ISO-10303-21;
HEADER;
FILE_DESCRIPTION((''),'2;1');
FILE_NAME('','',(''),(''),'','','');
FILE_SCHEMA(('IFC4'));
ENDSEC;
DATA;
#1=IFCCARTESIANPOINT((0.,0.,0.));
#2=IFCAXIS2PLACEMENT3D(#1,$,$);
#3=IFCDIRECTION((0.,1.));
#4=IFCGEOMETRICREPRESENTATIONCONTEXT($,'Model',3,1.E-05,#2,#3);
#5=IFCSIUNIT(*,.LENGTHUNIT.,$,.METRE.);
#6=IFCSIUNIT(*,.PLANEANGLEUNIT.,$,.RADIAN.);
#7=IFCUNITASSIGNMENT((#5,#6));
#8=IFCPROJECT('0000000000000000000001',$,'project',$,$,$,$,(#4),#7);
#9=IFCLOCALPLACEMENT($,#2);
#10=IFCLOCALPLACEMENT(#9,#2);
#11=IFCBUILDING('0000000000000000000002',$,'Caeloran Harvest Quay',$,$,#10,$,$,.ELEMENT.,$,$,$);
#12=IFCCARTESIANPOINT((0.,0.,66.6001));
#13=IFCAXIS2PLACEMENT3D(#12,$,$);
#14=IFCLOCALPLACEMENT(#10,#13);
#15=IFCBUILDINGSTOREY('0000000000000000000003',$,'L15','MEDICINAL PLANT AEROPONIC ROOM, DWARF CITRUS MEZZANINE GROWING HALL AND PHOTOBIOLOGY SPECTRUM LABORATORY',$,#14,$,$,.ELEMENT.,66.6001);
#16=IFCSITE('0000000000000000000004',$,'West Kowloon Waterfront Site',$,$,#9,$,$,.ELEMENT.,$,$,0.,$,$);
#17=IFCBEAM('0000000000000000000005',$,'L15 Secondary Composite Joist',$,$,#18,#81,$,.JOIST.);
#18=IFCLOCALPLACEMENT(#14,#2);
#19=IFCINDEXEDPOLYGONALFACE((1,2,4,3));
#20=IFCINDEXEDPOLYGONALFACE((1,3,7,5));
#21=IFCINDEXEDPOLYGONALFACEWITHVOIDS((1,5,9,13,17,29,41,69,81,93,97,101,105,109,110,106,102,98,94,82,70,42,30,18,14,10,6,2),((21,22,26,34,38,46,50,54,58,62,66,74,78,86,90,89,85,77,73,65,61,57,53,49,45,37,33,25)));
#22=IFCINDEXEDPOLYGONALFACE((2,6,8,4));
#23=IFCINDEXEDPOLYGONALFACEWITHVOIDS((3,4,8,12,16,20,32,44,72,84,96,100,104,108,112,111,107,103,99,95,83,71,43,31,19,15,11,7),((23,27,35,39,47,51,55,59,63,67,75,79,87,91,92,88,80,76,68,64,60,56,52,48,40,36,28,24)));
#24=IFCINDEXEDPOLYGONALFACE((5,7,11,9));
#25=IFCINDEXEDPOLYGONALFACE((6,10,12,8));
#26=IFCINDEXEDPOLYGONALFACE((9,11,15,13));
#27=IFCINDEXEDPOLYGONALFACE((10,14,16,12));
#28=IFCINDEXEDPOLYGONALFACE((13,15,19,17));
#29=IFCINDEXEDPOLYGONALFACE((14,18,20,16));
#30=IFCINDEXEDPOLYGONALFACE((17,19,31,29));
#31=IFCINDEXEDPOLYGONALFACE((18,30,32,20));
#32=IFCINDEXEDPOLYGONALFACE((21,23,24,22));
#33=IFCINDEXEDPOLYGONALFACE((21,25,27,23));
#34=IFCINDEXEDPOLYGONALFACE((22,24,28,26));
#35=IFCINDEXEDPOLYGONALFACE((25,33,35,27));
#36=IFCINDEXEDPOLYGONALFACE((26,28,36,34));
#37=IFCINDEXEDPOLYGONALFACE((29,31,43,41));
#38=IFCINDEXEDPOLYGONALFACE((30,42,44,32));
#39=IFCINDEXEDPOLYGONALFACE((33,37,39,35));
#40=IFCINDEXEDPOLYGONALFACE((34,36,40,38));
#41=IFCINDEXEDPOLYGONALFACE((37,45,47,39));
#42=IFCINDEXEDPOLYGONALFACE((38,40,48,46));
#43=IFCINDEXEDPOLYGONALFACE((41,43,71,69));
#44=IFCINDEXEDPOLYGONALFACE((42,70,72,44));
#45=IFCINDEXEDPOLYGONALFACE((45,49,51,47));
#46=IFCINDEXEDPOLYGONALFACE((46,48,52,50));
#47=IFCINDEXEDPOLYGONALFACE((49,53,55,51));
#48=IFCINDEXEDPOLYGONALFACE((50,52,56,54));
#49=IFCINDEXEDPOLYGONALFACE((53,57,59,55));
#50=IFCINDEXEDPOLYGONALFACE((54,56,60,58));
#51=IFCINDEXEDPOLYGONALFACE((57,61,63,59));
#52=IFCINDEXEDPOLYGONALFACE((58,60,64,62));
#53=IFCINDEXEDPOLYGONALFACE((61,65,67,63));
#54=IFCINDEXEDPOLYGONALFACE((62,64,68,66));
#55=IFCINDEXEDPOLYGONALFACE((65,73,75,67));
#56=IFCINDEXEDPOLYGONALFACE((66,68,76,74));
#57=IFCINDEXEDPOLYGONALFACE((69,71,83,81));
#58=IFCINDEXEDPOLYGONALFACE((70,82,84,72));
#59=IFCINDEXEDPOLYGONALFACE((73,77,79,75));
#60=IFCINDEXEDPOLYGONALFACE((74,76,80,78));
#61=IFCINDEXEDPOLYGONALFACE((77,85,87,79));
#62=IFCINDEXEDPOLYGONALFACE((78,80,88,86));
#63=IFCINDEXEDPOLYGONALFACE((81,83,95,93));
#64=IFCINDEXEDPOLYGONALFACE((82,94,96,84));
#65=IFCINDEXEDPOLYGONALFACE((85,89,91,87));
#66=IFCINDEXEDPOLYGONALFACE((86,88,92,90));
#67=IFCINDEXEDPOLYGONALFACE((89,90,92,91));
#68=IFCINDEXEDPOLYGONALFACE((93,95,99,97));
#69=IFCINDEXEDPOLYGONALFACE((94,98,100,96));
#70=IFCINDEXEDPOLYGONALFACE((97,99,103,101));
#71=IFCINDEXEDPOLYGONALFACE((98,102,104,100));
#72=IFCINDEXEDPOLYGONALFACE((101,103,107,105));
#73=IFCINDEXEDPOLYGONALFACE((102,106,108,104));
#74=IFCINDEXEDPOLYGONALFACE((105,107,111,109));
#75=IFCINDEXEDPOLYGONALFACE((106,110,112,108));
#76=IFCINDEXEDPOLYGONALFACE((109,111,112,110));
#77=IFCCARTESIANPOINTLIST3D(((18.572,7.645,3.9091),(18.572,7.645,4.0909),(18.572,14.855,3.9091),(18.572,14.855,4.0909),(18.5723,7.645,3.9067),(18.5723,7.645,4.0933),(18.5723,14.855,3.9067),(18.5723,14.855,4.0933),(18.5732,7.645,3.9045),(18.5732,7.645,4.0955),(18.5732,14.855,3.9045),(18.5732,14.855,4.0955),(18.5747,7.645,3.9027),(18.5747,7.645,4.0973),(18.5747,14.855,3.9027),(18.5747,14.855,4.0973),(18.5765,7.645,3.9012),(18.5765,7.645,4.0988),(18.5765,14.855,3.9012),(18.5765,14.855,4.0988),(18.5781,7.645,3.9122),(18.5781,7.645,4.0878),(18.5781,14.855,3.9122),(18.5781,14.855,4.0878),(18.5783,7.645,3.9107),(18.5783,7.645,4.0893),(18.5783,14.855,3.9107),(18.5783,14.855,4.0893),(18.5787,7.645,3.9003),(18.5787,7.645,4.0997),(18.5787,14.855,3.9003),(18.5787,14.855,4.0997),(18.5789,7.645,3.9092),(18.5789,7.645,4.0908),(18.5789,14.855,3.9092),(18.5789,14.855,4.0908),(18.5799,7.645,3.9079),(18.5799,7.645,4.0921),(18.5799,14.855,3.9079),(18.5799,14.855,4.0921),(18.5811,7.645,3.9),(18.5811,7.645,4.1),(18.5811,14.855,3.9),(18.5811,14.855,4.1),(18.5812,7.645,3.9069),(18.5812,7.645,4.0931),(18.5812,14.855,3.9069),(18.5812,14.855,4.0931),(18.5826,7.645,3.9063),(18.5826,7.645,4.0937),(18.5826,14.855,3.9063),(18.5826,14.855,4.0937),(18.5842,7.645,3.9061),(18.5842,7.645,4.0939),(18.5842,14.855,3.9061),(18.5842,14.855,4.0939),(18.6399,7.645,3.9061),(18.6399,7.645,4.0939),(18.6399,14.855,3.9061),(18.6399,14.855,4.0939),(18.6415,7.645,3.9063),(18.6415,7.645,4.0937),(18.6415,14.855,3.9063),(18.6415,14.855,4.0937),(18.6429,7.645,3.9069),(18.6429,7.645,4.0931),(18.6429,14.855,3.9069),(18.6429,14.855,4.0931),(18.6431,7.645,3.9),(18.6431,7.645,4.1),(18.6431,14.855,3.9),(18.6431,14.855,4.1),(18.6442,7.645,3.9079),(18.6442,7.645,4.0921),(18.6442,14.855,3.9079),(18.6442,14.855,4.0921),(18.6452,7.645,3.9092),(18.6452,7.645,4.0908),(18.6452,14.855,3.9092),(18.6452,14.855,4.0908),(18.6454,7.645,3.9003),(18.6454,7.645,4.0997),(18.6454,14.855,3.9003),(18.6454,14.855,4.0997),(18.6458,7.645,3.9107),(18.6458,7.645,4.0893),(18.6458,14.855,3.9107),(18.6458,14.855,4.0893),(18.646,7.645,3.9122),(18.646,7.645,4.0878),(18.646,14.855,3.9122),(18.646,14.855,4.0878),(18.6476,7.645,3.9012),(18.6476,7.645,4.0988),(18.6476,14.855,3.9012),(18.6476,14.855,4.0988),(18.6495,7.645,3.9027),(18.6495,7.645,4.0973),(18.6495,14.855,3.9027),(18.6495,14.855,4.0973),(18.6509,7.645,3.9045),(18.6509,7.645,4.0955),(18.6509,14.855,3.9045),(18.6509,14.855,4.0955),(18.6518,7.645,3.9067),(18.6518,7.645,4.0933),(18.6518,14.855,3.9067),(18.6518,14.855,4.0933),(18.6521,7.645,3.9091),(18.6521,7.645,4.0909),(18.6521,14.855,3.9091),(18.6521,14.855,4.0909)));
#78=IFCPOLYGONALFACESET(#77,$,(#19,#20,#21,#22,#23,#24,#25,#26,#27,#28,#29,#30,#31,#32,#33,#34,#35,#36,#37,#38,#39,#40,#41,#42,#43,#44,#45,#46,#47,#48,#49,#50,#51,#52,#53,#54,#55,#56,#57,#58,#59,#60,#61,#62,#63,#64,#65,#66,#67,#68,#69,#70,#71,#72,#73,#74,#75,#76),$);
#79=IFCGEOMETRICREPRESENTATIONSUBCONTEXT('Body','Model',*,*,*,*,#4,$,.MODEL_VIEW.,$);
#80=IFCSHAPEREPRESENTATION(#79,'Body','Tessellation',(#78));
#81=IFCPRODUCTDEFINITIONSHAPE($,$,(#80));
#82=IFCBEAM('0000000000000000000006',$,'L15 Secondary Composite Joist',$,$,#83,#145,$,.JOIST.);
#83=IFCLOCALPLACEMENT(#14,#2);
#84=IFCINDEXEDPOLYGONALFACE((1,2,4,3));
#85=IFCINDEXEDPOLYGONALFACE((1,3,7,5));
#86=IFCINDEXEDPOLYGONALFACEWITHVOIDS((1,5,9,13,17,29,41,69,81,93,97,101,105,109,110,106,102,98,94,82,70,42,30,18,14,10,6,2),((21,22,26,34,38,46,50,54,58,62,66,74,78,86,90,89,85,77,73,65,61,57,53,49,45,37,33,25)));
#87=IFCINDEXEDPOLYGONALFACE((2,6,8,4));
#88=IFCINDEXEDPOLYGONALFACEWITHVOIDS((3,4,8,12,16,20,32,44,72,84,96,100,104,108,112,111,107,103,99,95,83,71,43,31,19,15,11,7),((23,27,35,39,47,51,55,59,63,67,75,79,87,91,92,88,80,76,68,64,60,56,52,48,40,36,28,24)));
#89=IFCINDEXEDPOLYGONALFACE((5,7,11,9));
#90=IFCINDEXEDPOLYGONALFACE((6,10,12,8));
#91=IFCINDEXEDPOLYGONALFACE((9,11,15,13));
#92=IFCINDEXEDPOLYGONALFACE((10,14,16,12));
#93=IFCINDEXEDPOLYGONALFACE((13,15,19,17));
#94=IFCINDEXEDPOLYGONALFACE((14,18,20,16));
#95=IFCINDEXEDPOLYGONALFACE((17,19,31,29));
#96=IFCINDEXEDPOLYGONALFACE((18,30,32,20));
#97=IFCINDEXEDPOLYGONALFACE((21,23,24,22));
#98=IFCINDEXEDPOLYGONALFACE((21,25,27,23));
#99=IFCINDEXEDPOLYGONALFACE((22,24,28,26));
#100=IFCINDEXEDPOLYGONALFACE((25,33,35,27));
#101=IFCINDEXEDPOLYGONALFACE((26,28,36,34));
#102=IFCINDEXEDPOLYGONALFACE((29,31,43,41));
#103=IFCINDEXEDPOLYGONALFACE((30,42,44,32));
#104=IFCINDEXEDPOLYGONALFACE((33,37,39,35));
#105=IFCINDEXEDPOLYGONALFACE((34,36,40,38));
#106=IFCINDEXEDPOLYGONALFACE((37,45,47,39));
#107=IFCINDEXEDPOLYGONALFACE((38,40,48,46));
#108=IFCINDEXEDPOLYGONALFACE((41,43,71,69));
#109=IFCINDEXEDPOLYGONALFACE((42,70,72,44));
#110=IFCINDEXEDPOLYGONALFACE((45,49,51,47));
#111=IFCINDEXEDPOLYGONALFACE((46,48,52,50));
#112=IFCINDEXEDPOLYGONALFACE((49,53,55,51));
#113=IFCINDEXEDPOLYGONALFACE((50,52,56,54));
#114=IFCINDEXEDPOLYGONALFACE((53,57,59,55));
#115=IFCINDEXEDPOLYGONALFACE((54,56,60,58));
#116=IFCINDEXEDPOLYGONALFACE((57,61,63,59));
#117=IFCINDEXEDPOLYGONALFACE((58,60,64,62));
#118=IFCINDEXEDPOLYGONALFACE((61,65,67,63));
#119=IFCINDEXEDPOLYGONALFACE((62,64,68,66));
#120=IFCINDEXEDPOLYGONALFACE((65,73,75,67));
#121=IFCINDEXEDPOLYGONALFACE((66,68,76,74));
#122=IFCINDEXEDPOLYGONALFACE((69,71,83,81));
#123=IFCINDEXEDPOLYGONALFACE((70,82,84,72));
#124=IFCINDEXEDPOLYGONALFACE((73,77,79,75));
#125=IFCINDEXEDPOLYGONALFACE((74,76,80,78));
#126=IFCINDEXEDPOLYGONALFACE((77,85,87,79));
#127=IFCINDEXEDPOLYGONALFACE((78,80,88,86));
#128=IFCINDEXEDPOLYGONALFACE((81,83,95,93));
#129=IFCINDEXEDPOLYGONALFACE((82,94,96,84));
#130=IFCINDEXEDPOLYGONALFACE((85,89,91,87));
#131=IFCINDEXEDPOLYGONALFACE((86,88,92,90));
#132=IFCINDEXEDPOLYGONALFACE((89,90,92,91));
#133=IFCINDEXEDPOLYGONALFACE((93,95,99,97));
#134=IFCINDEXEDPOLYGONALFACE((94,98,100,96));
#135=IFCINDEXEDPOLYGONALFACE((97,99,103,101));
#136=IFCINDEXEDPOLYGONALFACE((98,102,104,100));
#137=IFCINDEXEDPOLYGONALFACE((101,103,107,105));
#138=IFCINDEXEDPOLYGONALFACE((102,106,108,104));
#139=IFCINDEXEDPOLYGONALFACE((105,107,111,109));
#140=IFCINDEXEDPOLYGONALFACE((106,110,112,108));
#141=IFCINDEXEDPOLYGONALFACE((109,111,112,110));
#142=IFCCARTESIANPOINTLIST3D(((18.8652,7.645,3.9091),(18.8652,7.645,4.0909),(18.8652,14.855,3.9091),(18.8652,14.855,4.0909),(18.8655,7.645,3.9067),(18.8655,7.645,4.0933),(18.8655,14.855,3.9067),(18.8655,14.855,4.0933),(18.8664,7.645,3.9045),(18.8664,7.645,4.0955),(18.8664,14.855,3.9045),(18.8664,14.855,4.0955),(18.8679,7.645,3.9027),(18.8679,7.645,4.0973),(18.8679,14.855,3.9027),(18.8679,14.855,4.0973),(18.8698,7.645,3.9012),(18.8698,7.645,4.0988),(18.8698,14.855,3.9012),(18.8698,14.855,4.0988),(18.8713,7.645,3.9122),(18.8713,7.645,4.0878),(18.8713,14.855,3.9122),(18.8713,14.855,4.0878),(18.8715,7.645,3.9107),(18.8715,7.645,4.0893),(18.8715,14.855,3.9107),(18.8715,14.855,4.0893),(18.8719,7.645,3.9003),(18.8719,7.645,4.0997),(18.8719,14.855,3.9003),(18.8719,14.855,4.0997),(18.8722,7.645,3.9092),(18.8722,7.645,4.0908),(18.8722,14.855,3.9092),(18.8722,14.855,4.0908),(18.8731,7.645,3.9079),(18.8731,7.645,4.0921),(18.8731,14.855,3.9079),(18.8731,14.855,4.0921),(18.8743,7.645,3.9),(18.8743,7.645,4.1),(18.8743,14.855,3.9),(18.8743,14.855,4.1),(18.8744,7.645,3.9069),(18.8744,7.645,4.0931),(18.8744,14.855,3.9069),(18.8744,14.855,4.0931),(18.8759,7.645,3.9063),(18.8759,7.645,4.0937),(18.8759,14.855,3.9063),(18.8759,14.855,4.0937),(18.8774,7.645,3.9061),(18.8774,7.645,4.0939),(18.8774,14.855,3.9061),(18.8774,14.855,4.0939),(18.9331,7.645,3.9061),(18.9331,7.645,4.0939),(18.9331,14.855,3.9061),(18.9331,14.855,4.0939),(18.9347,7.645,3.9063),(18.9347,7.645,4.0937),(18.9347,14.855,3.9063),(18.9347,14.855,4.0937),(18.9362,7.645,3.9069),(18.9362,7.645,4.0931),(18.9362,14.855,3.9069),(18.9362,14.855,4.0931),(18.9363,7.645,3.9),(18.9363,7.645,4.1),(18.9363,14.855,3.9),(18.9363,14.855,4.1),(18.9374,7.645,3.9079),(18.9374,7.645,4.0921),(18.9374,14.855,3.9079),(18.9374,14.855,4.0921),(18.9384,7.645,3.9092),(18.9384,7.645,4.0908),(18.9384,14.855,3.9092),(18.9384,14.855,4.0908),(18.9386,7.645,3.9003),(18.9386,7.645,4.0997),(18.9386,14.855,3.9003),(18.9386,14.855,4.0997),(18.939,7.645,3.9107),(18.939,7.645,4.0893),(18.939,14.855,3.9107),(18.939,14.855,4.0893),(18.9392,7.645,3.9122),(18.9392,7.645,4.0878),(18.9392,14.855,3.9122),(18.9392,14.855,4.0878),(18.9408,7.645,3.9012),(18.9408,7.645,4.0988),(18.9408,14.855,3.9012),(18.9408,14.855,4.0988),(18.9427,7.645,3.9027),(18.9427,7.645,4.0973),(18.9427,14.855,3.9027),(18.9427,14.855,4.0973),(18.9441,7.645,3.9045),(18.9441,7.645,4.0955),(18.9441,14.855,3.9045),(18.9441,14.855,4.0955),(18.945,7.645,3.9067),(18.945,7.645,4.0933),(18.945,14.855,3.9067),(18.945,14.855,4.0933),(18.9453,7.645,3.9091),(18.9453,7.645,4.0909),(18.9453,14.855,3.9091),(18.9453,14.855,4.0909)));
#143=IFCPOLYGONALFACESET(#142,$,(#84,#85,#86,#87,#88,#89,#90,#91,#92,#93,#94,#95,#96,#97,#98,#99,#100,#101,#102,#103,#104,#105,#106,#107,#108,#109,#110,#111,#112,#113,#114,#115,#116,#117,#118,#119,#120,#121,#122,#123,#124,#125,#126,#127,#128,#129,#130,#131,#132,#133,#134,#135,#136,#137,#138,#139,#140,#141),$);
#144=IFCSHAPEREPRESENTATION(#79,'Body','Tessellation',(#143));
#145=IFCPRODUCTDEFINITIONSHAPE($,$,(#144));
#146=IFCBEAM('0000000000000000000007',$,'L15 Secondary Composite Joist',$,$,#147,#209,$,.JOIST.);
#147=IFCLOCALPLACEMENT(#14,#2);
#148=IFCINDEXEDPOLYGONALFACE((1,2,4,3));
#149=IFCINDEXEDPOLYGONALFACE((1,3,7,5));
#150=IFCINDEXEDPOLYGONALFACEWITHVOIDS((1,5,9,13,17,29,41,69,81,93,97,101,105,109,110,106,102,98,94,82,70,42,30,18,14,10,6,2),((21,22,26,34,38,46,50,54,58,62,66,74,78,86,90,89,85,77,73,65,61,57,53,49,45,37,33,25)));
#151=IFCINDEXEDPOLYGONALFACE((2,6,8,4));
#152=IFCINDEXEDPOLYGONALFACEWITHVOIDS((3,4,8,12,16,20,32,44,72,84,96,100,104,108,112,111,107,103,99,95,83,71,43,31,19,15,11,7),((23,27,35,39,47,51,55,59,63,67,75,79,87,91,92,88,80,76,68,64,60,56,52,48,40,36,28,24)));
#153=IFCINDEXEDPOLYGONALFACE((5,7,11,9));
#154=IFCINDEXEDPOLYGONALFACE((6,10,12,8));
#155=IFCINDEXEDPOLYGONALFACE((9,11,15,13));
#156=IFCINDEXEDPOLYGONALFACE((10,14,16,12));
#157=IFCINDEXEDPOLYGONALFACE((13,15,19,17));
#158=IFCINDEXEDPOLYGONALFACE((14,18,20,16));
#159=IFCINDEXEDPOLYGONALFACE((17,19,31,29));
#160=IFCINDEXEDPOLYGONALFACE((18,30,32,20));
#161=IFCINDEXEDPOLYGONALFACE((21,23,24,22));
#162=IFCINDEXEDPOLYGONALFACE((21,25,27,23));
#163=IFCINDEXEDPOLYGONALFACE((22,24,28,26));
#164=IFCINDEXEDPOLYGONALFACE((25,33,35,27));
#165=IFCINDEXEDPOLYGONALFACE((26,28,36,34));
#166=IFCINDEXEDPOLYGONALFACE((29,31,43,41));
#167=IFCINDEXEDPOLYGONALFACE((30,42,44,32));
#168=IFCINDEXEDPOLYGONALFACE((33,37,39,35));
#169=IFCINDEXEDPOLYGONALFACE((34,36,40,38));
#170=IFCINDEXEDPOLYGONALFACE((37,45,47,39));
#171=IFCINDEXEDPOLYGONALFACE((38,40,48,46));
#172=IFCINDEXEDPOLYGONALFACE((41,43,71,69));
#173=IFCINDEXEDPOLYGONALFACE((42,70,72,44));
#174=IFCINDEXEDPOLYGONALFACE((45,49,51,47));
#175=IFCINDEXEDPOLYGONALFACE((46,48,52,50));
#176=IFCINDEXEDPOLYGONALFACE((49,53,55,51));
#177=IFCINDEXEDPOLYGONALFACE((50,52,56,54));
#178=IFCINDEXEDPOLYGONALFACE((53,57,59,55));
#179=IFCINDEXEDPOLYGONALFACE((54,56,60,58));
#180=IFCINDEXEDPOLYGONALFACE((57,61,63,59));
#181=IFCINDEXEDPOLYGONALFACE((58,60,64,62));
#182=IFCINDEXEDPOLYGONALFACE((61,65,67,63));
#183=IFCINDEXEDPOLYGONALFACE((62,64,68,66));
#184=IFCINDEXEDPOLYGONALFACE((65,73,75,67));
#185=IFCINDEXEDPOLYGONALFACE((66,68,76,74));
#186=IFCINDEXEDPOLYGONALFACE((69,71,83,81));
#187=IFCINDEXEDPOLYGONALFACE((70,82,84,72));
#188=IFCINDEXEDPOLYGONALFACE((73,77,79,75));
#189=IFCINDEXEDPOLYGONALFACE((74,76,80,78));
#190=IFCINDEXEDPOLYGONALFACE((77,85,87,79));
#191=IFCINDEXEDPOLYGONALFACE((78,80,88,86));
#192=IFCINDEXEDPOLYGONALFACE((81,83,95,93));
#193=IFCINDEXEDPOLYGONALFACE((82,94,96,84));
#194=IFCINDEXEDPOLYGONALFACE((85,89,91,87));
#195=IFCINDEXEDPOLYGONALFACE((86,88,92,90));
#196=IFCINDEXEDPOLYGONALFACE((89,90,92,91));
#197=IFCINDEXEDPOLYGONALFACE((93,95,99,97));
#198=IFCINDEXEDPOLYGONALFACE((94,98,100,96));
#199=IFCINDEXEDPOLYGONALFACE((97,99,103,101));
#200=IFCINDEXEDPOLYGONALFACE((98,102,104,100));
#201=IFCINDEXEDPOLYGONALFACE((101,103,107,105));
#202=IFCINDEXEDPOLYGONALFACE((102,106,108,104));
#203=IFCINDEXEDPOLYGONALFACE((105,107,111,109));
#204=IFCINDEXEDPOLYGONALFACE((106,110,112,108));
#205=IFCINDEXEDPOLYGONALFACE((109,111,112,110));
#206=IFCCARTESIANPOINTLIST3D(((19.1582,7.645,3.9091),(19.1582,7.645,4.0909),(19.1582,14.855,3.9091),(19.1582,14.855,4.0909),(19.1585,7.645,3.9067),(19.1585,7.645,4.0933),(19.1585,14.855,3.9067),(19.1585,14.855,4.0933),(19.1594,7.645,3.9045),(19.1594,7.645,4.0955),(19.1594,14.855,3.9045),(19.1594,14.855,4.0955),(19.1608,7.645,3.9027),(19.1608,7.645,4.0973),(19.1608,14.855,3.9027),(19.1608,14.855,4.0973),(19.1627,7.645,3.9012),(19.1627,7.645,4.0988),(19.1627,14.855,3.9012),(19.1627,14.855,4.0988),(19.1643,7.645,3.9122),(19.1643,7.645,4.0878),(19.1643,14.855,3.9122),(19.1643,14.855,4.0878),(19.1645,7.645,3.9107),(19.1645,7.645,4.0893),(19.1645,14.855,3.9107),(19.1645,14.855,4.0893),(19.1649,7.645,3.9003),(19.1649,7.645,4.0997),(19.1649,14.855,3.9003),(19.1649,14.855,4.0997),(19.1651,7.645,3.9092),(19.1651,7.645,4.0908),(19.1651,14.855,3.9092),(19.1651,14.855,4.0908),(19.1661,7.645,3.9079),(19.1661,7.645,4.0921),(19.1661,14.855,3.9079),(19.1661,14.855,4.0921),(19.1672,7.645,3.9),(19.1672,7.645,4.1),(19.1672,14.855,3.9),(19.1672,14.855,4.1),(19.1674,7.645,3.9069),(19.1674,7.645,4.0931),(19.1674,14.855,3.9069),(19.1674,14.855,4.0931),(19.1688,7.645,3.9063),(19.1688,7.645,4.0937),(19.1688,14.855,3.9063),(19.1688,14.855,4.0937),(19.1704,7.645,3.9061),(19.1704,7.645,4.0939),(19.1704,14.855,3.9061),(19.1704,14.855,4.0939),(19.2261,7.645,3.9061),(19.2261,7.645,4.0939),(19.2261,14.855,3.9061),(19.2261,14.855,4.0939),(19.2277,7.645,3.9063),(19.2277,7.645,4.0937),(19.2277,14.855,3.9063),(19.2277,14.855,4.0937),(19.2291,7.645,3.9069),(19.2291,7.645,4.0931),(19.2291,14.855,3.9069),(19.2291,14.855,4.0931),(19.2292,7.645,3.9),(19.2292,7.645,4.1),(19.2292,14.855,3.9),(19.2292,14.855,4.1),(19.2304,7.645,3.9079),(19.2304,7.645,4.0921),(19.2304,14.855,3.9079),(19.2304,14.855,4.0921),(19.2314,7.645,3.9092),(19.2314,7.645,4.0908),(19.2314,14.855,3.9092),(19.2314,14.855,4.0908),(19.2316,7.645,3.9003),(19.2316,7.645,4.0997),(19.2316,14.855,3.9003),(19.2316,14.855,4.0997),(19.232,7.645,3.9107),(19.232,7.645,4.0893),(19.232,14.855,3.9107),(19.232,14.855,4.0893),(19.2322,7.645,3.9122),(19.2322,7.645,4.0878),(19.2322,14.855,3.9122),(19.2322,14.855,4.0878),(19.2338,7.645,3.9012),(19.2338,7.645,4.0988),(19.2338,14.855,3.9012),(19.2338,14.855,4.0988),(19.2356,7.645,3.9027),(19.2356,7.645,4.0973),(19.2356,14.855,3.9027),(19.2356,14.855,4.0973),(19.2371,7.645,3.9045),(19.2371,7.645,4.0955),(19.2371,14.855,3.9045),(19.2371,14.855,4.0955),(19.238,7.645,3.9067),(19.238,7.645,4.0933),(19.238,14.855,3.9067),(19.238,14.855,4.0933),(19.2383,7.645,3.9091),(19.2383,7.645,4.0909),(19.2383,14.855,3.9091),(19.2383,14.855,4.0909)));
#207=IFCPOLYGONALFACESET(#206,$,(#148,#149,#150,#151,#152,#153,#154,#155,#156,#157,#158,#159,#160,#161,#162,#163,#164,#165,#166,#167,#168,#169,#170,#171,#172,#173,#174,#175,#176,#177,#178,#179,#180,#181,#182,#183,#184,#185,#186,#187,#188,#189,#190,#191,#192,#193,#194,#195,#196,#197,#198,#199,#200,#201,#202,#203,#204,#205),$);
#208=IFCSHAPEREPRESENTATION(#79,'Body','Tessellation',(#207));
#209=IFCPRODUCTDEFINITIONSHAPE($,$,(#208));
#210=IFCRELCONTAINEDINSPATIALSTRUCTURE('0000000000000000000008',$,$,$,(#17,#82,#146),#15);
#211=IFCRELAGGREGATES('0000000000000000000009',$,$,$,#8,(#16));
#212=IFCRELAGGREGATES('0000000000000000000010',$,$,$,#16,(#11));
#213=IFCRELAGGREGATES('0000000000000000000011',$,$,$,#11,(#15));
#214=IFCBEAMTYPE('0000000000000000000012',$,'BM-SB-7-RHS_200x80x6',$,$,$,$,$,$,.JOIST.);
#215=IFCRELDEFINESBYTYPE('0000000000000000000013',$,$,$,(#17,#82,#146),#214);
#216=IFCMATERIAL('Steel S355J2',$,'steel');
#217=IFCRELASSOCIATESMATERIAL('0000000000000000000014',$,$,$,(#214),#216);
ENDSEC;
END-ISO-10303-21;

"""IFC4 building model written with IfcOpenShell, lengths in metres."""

from ifc_helpers import new_model, si_unit, direction, frame, origin, origin_2d, place, context, subcontext, project, spatial, hollow_rectangle, extrude, material, material_profile, profile_set, type_object, element, save


model = new_model("IFC4")

# Units and contexts
model_context = context("Model", 3, precision=1e-05, world=origin(), true_north=direction((0.0, 1.0)))
body_context = subcontext(model_context, "Body", "Model", "MODEL_VIEW")
ifc_project = project(units=[si_unit("LENGTHUNIT", "METRE"), si_unit("PLANEANGLEUNIT", "RADIAN")], contexts=[model_context])

# Site, building, storey
site_placement = place(None, origin())
site = spatial("IfcSite", under=ifc_project, at=site_placement, Name="West Kowloon Waterfront Site", CompositionType="ELEMENT", RefElevation=0.0)
building_placement = place(site_placement, origin())
building = spatial("IfcBuilding", under=site, at=building_placement, Name="Caeloran Harvest Quay", CompositionType="ELEMENT")
storey_placement = place(building_placement, frame((0.0, 0.0, 66.6001)))
storey = spatial("IfcBuildingStorey", under=building, at=storey_placement, Name="L15", Description="MEDICINAL PLANT AEROPONIC ROOM, DWARF CITRUS MEZZANINE GROWING HALL AND PHOTOBIOLOGY SPECTRUM LABORATORY", CompositionType="ELEMENT", Elevation=66.6001)

# Beams
ifc_material_1 = material(Name="Steel S355J2", Category="steel")
ifc_material_profile_1 = material_profile(ifc_material_1, hollow_rectangle(XDim=0.0801, YDim=0.2, WallThickness=0.0061, InnerFilletRadius=0.0061, OuterFilletRadius=0.009, at=origin_2d()), Name="RHS 200x80x6")
ifc_profile_set_1 = profile_set([ifc_material_profile_1], Name="Steel S355J2")
beam_type_1 = type_object("IfcBeamType", Name="BM-SB-7-RHS_200x80x6", PredefinedType="JOIST", material=ifc_profile_set_1)
for number, where, z_axis, x_axis, name in (
    (1, (18.6121, 7.645, 4.0), (0.0, 1.0, 0.0), (-1.0, 0.0, 0.0), "L15 Secondary Composite Joist"),
    (2, (18.9053, 7.645, 4.0), (0.0, 1.0, 0.0), (-1.0, 0.0, 0.0), "L15 Secondary Composite Joist"),
    (3, (19.1982, 7.645, 4.0), (0.0, 1.0, 0.0), (-1.0, 0.0, 0.0), "L15 Secondary Composite Joist"),
):
    element("IfcBeam", number, at=place(storey_placement, frame(where, z_axis=z_axis, x_axis=x_axis)), inside=storey, type_object=beam_type_1, Name=name, PredefinedType="JOIST", context=body_context, shape_type="SweptSolid", body=[
        extrude(hollow_rectangle(XDim=0.0801, YDim=0.2, WallThickness=0.0061, InnerFilletRadius=0.0061, OuterFilletRadius=0.009, at=origin_2d()), origin(), (0.0, 0.0, 1.0), 7.21),
    ])

save(model, "model.ifc")
